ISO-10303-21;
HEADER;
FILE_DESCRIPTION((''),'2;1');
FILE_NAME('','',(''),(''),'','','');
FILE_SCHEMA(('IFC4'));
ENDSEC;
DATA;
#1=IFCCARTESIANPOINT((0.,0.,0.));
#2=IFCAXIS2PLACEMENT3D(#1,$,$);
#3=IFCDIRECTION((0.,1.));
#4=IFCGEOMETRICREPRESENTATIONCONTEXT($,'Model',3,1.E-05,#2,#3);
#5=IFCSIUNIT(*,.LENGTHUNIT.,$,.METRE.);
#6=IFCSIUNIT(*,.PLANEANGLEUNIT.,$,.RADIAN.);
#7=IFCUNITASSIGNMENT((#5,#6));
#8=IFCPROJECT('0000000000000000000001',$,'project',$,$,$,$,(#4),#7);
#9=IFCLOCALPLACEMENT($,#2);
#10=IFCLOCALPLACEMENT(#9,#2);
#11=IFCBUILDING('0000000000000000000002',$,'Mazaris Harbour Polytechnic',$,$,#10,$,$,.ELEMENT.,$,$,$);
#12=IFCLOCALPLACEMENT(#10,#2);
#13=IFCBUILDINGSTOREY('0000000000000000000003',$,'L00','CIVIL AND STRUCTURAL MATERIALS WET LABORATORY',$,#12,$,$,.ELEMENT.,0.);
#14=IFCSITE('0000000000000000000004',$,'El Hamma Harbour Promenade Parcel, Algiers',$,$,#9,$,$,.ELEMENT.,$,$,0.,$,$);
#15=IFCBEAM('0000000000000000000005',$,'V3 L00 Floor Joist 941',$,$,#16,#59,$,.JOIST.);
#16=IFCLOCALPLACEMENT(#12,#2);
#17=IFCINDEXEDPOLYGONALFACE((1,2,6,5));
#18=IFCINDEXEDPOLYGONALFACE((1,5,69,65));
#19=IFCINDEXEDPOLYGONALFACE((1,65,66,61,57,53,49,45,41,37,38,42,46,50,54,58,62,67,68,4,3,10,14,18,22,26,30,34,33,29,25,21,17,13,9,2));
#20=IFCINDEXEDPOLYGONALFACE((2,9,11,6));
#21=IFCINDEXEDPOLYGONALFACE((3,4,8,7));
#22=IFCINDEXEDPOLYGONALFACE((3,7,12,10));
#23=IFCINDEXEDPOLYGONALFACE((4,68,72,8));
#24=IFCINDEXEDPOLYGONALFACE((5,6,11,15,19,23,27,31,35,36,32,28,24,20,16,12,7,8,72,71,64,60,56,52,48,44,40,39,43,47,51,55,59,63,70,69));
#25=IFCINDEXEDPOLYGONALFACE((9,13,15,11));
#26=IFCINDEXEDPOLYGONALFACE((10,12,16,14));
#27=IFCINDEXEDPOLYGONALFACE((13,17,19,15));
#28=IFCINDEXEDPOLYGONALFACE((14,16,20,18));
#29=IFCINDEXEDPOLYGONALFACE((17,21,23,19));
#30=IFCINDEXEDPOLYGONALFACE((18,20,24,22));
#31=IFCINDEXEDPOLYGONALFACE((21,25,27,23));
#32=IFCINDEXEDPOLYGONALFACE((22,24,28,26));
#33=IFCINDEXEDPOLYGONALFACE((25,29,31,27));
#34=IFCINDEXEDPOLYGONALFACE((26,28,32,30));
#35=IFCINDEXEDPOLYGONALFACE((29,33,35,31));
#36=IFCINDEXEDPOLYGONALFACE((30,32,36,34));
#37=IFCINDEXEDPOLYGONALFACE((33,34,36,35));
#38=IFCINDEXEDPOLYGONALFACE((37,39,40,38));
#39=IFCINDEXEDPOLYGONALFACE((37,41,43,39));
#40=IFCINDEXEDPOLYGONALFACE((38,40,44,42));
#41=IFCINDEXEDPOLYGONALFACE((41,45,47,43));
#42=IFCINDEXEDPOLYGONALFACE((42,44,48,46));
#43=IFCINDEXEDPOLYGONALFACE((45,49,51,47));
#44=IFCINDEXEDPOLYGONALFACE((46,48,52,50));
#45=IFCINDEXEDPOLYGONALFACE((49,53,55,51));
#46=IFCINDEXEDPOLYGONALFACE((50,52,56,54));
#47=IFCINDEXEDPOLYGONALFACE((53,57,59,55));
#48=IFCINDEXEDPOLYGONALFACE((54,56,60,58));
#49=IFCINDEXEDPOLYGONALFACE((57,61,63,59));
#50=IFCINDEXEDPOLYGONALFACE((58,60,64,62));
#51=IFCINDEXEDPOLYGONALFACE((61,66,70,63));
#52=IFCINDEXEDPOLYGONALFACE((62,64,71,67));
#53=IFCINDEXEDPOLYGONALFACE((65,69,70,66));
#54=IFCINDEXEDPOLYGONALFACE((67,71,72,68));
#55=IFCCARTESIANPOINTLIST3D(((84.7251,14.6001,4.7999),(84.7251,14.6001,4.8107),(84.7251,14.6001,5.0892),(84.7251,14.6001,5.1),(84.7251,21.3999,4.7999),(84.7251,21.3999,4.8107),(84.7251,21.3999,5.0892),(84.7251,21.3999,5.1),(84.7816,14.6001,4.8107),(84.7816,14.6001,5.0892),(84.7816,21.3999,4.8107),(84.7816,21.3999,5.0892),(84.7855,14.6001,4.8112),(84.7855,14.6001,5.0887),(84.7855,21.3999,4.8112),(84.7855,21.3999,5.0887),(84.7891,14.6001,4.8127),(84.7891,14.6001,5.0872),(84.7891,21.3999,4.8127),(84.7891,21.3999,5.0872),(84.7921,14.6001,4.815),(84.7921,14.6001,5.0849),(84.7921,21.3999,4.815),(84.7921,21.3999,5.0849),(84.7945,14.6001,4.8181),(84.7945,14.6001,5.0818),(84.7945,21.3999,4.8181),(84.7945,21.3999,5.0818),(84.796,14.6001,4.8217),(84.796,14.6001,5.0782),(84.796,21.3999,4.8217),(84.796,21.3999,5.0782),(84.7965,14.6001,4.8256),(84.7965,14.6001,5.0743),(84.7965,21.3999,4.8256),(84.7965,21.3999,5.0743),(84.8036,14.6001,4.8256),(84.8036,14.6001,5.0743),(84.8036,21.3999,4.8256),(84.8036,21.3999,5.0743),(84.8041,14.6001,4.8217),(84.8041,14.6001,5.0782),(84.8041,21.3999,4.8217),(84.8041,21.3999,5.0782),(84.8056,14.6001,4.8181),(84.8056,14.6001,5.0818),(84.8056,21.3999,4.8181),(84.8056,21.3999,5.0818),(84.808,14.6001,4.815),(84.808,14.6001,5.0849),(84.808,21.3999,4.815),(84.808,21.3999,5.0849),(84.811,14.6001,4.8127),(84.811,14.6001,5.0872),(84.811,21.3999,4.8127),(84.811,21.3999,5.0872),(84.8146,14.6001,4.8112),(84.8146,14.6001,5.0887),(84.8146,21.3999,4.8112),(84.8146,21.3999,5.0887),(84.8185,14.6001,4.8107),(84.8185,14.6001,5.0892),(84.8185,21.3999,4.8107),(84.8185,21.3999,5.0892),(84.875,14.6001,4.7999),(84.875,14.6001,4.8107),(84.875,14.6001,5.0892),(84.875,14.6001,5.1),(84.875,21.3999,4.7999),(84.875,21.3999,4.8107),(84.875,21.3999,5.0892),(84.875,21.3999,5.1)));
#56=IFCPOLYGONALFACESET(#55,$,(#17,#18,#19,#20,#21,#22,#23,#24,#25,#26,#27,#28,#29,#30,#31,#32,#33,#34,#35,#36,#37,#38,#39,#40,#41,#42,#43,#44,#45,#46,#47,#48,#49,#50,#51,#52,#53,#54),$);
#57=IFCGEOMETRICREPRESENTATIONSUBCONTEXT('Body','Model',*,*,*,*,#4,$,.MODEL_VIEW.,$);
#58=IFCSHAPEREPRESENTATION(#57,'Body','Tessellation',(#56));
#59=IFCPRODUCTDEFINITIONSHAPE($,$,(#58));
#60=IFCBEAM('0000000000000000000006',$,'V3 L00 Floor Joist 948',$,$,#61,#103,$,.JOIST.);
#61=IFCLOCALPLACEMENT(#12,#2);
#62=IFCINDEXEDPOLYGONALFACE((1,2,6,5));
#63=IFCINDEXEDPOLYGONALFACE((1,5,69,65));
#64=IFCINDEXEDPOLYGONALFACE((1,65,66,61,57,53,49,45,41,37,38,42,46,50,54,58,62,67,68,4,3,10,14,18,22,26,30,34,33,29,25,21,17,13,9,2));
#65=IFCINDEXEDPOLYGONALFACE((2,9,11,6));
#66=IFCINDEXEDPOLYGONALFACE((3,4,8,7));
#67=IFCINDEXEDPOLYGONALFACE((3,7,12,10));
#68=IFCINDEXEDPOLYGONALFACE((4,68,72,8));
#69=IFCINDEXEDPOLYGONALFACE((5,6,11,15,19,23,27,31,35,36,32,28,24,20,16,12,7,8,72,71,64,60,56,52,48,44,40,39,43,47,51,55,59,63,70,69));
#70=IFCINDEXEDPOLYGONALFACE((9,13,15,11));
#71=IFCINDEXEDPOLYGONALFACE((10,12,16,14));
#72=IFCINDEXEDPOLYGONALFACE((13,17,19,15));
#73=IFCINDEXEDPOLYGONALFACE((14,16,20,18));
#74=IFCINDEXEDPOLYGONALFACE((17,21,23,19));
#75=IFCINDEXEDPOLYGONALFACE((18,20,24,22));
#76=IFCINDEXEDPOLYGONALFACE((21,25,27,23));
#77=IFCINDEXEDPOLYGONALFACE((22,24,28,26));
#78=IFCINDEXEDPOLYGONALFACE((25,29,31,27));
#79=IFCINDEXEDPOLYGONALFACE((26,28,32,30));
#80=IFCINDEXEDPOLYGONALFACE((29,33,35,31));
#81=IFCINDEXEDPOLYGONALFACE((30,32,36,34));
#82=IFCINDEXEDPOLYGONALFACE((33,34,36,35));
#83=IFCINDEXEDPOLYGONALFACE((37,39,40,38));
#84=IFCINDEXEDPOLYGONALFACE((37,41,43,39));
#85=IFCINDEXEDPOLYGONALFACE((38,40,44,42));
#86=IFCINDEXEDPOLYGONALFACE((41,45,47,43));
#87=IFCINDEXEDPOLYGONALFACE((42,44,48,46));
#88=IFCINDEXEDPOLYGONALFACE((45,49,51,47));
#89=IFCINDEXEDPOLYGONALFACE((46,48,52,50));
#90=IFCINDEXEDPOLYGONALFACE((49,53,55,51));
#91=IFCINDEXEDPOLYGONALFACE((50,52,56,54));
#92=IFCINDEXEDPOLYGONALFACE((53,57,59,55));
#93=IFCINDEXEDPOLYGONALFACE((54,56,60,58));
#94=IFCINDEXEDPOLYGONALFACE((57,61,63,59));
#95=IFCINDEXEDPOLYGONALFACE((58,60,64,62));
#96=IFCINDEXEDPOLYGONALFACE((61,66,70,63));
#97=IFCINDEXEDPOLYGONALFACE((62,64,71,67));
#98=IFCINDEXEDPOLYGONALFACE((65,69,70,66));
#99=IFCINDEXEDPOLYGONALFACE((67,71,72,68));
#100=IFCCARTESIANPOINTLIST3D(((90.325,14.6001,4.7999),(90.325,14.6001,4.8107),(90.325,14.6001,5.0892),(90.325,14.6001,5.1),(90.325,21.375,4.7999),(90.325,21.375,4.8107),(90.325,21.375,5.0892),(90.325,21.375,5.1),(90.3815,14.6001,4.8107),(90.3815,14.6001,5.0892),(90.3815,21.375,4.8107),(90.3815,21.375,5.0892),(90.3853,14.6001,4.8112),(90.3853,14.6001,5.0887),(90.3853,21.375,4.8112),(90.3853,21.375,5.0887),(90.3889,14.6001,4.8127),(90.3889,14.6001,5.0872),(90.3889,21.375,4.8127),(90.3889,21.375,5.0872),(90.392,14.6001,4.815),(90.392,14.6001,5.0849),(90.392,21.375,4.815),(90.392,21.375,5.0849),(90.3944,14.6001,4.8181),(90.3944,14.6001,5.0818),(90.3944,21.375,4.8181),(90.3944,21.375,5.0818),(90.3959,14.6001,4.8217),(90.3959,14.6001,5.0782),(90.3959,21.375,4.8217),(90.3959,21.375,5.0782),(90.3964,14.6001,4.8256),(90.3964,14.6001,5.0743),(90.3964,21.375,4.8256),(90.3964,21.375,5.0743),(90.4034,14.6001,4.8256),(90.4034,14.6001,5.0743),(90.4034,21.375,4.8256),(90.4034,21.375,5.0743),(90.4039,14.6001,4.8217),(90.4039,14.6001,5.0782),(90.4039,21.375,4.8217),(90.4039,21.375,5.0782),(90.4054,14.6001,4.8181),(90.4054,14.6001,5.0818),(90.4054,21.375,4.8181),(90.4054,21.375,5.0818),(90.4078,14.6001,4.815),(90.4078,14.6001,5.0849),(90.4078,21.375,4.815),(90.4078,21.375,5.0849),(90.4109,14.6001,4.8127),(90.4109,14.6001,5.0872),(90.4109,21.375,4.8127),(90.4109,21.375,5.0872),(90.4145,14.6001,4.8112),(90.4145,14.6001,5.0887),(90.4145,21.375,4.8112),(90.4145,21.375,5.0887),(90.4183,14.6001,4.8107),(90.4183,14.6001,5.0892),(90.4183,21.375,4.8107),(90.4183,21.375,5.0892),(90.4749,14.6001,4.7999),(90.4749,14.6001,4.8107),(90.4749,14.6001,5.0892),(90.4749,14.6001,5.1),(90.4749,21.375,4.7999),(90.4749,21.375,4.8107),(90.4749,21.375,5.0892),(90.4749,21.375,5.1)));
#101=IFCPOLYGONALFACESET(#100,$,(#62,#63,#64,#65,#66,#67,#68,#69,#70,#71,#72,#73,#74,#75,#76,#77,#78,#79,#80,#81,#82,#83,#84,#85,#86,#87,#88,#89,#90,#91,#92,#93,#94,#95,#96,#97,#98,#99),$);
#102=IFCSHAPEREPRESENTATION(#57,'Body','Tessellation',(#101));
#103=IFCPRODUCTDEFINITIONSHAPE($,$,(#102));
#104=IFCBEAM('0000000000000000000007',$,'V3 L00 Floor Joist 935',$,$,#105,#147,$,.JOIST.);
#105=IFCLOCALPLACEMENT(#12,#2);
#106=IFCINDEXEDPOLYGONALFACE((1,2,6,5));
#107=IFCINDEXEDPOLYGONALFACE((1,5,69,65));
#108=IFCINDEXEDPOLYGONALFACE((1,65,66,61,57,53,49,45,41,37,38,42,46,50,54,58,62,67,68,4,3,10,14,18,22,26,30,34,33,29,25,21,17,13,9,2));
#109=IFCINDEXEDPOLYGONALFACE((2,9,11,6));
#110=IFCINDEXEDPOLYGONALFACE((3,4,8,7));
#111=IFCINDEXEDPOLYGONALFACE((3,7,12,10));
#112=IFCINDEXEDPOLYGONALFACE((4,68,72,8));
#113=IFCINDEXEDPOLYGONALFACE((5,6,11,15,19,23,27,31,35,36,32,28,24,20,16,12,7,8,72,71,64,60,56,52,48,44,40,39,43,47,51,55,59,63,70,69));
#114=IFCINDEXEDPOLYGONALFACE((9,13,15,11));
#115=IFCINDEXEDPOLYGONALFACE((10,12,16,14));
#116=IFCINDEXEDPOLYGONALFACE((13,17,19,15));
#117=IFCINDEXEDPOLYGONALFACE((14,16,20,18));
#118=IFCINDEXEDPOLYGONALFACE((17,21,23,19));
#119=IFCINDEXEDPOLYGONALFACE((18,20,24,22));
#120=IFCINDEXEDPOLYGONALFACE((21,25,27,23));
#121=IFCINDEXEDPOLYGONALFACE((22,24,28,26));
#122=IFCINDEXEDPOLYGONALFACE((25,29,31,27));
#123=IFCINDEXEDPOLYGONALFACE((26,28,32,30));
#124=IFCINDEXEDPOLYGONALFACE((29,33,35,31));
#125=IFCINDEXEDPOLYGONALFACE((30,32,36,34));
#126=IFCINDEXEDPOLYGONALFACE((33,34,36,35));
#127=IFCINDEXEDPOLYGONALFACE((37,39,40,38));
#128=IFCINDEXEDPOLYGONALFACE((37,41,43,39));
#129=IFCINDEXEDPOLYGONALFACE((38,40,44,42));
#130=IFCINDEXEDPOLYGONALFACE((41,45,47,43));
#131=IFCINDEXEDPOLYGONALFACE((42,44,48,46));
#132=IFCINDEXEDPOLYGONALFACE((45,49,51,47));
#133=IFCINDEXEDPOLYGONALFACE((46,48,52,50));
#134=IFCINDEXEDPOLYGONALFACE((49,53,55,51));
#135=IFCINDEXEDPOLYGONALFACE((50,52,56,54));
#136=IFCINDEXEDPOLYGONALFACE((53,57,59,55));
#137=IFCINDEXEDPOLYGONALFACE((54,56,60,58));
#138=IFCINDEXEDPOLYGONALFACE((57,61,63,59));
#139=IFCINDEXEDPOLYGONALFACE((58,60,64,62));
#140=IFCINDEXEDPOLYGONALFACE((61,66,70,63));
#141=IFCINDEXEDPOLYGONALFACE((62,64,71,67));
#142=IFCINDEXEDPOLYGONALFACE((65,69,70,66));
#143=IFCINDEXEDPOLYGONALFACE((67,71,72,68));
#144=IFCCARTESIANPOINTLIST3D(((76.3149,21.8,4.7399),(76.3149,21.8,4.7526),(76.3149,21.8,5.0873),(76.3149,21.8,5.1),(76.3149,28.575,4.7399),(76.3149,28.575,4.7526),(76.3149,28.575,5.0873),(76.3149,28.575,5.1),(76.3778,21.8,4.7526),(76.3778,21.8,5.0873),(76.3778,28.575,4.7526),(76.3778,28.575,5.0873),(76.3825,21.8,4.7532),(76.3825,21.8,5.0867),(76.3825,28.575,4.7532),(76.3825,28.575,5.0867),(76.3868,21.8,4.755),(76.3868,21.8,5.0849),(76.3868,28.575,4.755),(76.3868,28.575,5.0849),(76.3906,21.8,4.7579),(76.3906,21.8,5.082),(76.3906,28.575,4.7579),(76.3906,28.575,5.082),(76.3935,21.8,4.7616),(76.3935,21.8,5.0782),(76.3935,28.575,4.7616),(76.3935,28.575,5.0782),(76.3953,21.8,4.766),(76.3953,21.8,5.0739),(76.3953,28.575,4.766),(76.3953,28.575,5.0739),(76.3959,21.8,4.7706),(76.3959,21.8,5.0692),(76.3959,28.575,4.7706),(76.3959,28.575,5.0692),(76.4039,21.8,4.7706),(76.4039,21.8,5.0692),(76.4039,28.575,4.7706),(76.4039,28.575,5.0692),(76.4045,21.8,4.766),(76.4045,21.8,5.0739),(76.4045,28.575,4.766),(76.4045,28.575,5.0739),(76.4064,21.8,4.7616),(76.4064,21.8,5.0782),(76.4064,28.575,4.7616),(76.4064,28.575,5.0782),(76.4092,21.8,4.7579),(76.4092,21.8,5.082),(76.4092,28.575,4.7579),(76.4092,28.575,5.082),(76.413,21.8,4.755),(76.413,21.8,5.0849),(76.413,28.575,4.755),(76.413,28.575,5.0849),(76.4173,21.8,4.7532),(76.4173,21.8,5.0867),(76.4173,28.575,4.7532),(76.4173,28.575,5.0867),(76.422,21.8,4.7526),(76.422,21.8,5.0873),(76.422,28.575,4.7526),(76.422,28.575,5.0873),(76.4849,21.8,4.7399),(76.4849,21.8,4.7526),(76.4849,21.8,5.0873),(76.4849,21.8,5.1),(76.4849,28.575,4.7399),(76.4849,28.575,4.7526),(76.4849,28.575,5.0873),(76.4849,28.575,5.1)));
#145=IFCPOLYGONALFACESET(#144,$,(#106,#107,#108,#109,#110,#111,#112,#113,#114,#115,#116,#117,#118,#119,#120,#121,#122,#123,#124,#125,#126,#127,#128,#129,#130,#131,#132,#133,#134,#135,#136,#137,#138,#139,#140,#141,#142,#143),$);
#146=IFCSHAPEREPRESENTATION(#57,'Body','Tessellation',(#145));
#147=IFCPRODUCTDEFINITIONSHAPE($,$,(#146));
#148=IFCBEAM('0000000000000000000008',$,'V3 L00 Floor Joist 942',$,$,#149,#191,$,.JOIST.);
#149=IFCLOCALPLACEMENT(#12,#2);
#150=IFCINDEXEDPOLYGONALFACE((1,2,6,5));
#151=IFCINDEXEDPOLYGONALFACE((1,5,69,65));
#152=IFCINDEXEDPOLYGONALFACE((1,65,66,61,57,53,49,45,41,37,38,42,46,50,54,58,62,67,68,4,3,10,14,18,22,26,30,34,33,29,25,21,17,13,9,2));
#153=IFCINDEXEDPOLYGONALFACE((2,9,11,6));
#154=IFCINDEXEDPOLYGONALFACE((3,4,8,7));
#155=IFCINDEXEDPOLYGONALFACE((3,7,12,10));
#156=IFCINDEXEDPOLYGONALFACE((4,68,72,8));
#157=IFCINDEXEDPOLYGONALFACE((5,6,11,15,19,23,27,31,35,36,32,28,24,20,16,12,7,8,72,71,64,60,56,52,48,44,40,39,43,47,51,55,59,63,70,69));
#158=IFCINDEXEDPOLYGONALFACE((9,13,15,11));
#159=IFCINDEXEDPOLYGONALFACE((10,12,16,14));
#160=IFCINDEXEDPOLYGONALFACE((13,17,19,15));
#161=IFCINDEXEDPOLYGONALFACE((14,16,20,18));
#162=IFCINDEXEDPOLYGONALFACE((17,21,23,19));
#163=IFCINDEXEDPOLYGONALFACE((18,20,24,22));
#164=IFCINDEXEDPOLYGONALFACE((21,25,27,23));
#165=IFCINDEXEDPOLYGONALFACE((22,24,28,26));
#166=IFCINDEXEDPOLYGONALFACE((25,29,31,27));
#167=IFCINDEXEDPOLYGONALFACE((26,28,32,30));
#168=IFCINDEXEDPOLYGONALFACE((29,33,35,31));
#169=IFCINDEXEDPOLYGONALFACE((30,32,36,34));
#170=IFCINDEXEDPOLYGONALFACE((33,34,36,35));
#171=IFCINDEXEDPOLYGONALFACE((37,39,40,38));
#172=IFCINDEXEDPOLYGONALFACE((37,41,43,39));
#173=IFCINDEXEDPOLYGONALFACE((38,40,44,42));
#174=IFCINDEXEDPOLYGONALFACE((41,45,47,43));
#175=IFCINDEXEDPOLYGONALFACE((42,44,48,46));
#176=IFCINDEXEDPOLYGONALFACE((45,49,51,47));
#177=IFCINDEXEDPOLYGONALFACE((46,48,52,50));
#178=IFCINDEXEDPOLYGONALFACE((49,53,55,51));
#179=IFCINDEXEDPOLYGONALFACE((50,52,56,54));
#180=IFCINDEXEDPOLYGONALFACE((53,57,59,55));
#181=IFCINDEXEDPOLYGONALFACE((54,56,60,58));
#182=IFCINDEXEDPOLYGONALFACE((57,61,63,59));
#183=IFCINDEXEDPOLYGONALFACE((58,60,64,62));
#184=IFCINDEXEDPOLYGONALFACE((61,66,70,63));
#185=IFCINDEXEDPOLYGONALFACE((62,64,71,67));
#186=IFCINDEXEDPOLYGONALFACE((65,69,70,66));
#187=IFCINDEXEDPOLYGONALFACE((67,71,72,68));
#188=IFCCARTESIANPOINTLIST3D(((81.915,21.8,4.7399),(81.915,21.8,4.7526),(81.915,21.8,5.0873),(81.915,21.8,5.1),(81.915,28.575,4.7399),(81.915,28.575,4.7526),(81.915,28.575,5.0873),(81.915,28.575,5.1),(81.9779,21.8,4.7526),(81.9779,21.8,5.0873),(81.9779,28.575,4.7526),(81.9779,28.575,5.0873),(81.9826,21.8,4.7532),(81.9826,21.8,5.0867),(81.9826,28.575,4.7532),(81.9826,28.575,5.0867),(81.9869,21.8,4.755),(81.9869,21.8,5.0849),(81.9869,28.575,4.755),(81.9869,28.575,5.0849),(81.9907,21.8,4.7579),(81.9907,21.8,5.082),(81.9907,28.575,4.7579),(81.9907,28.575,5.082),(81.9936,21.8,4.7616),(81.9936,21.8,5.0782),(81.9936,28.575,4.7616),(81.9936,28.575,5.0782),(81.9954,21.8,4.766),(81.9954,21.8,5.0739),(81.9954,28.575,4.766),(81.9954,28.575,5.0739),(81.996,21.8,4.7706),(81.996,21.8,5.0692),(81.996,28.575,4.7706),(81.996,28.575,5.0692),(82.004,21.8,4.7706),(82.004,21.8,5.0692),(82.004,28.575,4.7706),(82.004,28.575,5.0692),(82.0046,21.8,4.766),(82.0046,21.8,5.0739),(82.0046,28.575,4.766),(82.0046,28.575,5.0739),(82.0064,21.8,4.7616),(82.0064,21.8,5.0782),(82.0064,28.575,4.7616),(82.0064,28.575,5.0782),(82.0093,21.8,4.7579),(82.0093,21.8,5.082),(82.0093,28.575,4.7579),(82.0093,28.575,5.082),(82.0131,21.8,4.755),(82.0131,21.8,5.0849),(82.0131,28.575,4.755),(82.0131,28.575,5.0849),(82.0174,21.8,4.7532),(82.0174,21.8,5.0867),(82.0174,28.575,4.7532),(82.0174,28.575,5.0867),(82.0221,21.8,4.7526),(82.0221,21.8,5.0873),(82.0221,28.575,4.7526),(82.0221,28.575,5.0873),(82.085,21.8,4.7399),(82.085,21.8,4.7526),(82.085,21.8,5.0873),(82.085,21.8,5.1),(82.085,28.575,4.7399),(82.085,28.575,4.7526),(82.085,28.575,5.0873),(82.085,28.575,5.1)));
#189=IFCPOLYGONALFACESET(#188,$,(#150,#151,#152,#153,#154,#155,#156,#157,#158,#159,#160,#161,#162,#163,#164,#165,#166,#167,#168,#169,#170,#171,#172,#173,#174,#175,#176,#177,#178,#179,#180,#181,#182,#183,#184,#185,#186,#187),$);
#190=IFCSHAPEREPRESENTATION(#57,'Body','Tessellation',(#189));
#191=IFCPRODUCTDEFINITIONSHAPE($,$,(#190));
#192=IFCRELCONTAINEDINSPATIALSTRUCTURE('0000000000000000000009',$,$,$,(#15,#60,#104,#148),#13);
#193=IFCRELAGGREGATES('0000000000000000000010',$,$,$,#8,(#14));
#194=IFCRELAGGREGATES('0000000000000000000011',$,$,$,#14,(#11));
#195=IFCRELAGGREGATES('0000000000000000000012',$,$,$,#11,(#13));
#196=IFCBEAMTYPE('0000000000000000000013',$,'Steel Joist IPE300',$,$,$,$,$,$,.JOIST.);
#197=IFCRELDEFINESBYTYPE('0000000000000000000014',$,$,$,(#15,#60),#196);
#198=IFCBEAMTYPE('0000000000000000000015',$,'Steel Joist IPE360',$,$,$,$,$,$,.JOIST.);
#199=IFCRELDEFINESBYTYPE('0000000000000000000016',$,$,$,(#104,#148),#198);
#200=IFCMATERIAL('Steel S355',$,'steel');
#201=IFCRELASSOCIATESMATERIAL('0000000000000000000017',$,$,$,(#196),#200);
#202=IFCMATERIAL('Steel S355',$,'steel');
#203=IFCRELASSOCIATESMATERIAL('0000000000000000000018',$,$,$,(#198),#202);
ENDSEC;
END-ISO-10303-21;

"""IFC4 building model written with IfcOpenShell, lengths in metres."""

from ifc_helpers import new_model, si_unit, direction, frame, origin, origin_2d, place, context, subcontext, project, spatial, i_section, extrude, material, material_profile, profile_set, type_object, element, save


model = new_model("IFC4")

# Units and contexts
model_context = context("Model", 3, precision=1e-05, world=origin(), true_north=direction((0.0, 1.0)))
body_context = subcontext(model_context, "Body", "Model", "MODEL_VIEW")
ifc_project = project(units=[si_unit("LENGTHUNIT", "METRE"), si_unit("PLANEANGLEUNIT", "RADIAN")], contexts=[model_context])

# Site, building, storey
site_placement = place(None, origin())
site = spatial("IfcSite", under=ifc_project, at=site_placement, Name="El Hamma Harbour Promenade Parcel, Algiers", CompositionType="ELEMENT", RefElevation=0.0)
building_placement = place(site_placement, origin())
building = spatial("IfcBuilding", under=site, at=building_placement, Name="Mazaris Harbour Polytechnic", CompositionType="ELEMENT")
storey_placement = place(building_placement, origin())
storey = spatial("IfcBuildingStorey", under=building, at=storey_placement, Name="L00", Description="CIVIL AND STRUCTURAL MATERIALS WET LABORATORY", CompositionType="ELEMENT", Elevation=0.0)

# Beams
ifc_material_1 = material(Name="Steel S355", Category="steel")
ifc_material_profile_1 = material_profile(ifc_material_1, i_section(OverallWidth=0.1499, OverallDepth=0.3, WebThickness=0.0071, FlangeThickness=0.0107, FilletRadius=0.0149, at=origin_2d()), Name="IPE 300")
ifc_profile_set_1 = profile_set([ifc_material_profile_1], Name="Steel S355")
beam_type_1 = type_object("IfcBeamType", Name="Steel Joist IPE300", PredefinedType="JOIST", material=ifc_profile_set_1)
beam_1_placement = place(storey_placement, frame((84.8, 14.6001, 4.95), z_axis=(0.0, 1.0, 0.0), x_axis=(-1.0, 0.0, 0.0)))
element("IfcBeam", 1, at=beam_1_placement, inside=storey, type_object=beam_type_1, Name="V3 L00 Floor Joist 941", PredefinedType="JOIST", context=body_context, shape_type="SweptSolid", body=[
    extrude(i_section(OverallWidth=0.1499, OverallDepth=0.3, WebThickness=0.0071, FlangeThickness=0.0107, FilletRadius=0.0149, at=origin_2d()), origin(), (0.0, 0.0, 1.0), 6.7998),
])
beam_2_placement = place(storey_placement, frame((90.3999, 14.6001, 4.95), z_axis=(0.0, 1.0, 0.0), x_axis=(-1.0, 0.0, 0.0)))
element("IfcBeam", 2, at=beam_2_placement, inside=storey, type_object=beam_type_1, Name="V3 L00 Floor Joist 948", PredefinedType="JOIST", context=body_context, shape_type="SweptSolid", body=[
    extrude(i_section(OverallWidth=0.1499, OverallDepth=0.3, WebThickness=0.0071, FlangeThickness=0.0107, FilletRadius=0.0149, at=origin_2d()), origin(), (0.0, 0.0, 1.0), 6.7749),
])
ifc_material_2 = material(Name="Steel S355", Category="steel")
ifc_material_profile_2 = material_profile(ifc_material_2, i_section(OverallWidth=0.1699, OverallDepth=0.3601, WebThickness=0.0081, FlangeThickness=0.0127, FilletRadius=0.0181, at=origin_2d()), Name="IPE 360")
ifc_profile_set_2 = profile_set([ifc_material_profile_2], Name="Steel S355")
beam_type_2 = type_object("IfcBeamType", Name="Steel Joist IPE360", PredefinedType="JOIST", material=ifc_profile_set_2)
for number, where, z_axis, x_axis, name in (
    (3, (76.3999, 21.8, 4.9199), (0.0, 1.0, 0.0), (-1.0, 0.0, 0.0), "V3 L00 Floor Joist 935"),
    (4, (82.0, 21.8, 4.9199), (0.0, 1.0, 0.0), (-1.0, 0.0, 0.0), "V3 L00 Floor Joist 942"),
):
    element("IfcBeam", number, at=place(storey_placement, frame(where, z_axis=z_axis, x_axis=x_axis)), inside=storey, type_object=beam_type_2, Name=name, PredefinedType="JOIST", context=body_context, shape_type="SweptSolid", body=[
        extrude(i_section(OverallWidth=0.1699, OverallDepth=0.3601, WebThickness=0.0081, FlangeThickness=0.0127, FilletRadius=0.0181, at=origin_2d()), origin(), (0.0, 0.0, 1.0), 6.7749),
    ])

save(model, "model.ifc")
